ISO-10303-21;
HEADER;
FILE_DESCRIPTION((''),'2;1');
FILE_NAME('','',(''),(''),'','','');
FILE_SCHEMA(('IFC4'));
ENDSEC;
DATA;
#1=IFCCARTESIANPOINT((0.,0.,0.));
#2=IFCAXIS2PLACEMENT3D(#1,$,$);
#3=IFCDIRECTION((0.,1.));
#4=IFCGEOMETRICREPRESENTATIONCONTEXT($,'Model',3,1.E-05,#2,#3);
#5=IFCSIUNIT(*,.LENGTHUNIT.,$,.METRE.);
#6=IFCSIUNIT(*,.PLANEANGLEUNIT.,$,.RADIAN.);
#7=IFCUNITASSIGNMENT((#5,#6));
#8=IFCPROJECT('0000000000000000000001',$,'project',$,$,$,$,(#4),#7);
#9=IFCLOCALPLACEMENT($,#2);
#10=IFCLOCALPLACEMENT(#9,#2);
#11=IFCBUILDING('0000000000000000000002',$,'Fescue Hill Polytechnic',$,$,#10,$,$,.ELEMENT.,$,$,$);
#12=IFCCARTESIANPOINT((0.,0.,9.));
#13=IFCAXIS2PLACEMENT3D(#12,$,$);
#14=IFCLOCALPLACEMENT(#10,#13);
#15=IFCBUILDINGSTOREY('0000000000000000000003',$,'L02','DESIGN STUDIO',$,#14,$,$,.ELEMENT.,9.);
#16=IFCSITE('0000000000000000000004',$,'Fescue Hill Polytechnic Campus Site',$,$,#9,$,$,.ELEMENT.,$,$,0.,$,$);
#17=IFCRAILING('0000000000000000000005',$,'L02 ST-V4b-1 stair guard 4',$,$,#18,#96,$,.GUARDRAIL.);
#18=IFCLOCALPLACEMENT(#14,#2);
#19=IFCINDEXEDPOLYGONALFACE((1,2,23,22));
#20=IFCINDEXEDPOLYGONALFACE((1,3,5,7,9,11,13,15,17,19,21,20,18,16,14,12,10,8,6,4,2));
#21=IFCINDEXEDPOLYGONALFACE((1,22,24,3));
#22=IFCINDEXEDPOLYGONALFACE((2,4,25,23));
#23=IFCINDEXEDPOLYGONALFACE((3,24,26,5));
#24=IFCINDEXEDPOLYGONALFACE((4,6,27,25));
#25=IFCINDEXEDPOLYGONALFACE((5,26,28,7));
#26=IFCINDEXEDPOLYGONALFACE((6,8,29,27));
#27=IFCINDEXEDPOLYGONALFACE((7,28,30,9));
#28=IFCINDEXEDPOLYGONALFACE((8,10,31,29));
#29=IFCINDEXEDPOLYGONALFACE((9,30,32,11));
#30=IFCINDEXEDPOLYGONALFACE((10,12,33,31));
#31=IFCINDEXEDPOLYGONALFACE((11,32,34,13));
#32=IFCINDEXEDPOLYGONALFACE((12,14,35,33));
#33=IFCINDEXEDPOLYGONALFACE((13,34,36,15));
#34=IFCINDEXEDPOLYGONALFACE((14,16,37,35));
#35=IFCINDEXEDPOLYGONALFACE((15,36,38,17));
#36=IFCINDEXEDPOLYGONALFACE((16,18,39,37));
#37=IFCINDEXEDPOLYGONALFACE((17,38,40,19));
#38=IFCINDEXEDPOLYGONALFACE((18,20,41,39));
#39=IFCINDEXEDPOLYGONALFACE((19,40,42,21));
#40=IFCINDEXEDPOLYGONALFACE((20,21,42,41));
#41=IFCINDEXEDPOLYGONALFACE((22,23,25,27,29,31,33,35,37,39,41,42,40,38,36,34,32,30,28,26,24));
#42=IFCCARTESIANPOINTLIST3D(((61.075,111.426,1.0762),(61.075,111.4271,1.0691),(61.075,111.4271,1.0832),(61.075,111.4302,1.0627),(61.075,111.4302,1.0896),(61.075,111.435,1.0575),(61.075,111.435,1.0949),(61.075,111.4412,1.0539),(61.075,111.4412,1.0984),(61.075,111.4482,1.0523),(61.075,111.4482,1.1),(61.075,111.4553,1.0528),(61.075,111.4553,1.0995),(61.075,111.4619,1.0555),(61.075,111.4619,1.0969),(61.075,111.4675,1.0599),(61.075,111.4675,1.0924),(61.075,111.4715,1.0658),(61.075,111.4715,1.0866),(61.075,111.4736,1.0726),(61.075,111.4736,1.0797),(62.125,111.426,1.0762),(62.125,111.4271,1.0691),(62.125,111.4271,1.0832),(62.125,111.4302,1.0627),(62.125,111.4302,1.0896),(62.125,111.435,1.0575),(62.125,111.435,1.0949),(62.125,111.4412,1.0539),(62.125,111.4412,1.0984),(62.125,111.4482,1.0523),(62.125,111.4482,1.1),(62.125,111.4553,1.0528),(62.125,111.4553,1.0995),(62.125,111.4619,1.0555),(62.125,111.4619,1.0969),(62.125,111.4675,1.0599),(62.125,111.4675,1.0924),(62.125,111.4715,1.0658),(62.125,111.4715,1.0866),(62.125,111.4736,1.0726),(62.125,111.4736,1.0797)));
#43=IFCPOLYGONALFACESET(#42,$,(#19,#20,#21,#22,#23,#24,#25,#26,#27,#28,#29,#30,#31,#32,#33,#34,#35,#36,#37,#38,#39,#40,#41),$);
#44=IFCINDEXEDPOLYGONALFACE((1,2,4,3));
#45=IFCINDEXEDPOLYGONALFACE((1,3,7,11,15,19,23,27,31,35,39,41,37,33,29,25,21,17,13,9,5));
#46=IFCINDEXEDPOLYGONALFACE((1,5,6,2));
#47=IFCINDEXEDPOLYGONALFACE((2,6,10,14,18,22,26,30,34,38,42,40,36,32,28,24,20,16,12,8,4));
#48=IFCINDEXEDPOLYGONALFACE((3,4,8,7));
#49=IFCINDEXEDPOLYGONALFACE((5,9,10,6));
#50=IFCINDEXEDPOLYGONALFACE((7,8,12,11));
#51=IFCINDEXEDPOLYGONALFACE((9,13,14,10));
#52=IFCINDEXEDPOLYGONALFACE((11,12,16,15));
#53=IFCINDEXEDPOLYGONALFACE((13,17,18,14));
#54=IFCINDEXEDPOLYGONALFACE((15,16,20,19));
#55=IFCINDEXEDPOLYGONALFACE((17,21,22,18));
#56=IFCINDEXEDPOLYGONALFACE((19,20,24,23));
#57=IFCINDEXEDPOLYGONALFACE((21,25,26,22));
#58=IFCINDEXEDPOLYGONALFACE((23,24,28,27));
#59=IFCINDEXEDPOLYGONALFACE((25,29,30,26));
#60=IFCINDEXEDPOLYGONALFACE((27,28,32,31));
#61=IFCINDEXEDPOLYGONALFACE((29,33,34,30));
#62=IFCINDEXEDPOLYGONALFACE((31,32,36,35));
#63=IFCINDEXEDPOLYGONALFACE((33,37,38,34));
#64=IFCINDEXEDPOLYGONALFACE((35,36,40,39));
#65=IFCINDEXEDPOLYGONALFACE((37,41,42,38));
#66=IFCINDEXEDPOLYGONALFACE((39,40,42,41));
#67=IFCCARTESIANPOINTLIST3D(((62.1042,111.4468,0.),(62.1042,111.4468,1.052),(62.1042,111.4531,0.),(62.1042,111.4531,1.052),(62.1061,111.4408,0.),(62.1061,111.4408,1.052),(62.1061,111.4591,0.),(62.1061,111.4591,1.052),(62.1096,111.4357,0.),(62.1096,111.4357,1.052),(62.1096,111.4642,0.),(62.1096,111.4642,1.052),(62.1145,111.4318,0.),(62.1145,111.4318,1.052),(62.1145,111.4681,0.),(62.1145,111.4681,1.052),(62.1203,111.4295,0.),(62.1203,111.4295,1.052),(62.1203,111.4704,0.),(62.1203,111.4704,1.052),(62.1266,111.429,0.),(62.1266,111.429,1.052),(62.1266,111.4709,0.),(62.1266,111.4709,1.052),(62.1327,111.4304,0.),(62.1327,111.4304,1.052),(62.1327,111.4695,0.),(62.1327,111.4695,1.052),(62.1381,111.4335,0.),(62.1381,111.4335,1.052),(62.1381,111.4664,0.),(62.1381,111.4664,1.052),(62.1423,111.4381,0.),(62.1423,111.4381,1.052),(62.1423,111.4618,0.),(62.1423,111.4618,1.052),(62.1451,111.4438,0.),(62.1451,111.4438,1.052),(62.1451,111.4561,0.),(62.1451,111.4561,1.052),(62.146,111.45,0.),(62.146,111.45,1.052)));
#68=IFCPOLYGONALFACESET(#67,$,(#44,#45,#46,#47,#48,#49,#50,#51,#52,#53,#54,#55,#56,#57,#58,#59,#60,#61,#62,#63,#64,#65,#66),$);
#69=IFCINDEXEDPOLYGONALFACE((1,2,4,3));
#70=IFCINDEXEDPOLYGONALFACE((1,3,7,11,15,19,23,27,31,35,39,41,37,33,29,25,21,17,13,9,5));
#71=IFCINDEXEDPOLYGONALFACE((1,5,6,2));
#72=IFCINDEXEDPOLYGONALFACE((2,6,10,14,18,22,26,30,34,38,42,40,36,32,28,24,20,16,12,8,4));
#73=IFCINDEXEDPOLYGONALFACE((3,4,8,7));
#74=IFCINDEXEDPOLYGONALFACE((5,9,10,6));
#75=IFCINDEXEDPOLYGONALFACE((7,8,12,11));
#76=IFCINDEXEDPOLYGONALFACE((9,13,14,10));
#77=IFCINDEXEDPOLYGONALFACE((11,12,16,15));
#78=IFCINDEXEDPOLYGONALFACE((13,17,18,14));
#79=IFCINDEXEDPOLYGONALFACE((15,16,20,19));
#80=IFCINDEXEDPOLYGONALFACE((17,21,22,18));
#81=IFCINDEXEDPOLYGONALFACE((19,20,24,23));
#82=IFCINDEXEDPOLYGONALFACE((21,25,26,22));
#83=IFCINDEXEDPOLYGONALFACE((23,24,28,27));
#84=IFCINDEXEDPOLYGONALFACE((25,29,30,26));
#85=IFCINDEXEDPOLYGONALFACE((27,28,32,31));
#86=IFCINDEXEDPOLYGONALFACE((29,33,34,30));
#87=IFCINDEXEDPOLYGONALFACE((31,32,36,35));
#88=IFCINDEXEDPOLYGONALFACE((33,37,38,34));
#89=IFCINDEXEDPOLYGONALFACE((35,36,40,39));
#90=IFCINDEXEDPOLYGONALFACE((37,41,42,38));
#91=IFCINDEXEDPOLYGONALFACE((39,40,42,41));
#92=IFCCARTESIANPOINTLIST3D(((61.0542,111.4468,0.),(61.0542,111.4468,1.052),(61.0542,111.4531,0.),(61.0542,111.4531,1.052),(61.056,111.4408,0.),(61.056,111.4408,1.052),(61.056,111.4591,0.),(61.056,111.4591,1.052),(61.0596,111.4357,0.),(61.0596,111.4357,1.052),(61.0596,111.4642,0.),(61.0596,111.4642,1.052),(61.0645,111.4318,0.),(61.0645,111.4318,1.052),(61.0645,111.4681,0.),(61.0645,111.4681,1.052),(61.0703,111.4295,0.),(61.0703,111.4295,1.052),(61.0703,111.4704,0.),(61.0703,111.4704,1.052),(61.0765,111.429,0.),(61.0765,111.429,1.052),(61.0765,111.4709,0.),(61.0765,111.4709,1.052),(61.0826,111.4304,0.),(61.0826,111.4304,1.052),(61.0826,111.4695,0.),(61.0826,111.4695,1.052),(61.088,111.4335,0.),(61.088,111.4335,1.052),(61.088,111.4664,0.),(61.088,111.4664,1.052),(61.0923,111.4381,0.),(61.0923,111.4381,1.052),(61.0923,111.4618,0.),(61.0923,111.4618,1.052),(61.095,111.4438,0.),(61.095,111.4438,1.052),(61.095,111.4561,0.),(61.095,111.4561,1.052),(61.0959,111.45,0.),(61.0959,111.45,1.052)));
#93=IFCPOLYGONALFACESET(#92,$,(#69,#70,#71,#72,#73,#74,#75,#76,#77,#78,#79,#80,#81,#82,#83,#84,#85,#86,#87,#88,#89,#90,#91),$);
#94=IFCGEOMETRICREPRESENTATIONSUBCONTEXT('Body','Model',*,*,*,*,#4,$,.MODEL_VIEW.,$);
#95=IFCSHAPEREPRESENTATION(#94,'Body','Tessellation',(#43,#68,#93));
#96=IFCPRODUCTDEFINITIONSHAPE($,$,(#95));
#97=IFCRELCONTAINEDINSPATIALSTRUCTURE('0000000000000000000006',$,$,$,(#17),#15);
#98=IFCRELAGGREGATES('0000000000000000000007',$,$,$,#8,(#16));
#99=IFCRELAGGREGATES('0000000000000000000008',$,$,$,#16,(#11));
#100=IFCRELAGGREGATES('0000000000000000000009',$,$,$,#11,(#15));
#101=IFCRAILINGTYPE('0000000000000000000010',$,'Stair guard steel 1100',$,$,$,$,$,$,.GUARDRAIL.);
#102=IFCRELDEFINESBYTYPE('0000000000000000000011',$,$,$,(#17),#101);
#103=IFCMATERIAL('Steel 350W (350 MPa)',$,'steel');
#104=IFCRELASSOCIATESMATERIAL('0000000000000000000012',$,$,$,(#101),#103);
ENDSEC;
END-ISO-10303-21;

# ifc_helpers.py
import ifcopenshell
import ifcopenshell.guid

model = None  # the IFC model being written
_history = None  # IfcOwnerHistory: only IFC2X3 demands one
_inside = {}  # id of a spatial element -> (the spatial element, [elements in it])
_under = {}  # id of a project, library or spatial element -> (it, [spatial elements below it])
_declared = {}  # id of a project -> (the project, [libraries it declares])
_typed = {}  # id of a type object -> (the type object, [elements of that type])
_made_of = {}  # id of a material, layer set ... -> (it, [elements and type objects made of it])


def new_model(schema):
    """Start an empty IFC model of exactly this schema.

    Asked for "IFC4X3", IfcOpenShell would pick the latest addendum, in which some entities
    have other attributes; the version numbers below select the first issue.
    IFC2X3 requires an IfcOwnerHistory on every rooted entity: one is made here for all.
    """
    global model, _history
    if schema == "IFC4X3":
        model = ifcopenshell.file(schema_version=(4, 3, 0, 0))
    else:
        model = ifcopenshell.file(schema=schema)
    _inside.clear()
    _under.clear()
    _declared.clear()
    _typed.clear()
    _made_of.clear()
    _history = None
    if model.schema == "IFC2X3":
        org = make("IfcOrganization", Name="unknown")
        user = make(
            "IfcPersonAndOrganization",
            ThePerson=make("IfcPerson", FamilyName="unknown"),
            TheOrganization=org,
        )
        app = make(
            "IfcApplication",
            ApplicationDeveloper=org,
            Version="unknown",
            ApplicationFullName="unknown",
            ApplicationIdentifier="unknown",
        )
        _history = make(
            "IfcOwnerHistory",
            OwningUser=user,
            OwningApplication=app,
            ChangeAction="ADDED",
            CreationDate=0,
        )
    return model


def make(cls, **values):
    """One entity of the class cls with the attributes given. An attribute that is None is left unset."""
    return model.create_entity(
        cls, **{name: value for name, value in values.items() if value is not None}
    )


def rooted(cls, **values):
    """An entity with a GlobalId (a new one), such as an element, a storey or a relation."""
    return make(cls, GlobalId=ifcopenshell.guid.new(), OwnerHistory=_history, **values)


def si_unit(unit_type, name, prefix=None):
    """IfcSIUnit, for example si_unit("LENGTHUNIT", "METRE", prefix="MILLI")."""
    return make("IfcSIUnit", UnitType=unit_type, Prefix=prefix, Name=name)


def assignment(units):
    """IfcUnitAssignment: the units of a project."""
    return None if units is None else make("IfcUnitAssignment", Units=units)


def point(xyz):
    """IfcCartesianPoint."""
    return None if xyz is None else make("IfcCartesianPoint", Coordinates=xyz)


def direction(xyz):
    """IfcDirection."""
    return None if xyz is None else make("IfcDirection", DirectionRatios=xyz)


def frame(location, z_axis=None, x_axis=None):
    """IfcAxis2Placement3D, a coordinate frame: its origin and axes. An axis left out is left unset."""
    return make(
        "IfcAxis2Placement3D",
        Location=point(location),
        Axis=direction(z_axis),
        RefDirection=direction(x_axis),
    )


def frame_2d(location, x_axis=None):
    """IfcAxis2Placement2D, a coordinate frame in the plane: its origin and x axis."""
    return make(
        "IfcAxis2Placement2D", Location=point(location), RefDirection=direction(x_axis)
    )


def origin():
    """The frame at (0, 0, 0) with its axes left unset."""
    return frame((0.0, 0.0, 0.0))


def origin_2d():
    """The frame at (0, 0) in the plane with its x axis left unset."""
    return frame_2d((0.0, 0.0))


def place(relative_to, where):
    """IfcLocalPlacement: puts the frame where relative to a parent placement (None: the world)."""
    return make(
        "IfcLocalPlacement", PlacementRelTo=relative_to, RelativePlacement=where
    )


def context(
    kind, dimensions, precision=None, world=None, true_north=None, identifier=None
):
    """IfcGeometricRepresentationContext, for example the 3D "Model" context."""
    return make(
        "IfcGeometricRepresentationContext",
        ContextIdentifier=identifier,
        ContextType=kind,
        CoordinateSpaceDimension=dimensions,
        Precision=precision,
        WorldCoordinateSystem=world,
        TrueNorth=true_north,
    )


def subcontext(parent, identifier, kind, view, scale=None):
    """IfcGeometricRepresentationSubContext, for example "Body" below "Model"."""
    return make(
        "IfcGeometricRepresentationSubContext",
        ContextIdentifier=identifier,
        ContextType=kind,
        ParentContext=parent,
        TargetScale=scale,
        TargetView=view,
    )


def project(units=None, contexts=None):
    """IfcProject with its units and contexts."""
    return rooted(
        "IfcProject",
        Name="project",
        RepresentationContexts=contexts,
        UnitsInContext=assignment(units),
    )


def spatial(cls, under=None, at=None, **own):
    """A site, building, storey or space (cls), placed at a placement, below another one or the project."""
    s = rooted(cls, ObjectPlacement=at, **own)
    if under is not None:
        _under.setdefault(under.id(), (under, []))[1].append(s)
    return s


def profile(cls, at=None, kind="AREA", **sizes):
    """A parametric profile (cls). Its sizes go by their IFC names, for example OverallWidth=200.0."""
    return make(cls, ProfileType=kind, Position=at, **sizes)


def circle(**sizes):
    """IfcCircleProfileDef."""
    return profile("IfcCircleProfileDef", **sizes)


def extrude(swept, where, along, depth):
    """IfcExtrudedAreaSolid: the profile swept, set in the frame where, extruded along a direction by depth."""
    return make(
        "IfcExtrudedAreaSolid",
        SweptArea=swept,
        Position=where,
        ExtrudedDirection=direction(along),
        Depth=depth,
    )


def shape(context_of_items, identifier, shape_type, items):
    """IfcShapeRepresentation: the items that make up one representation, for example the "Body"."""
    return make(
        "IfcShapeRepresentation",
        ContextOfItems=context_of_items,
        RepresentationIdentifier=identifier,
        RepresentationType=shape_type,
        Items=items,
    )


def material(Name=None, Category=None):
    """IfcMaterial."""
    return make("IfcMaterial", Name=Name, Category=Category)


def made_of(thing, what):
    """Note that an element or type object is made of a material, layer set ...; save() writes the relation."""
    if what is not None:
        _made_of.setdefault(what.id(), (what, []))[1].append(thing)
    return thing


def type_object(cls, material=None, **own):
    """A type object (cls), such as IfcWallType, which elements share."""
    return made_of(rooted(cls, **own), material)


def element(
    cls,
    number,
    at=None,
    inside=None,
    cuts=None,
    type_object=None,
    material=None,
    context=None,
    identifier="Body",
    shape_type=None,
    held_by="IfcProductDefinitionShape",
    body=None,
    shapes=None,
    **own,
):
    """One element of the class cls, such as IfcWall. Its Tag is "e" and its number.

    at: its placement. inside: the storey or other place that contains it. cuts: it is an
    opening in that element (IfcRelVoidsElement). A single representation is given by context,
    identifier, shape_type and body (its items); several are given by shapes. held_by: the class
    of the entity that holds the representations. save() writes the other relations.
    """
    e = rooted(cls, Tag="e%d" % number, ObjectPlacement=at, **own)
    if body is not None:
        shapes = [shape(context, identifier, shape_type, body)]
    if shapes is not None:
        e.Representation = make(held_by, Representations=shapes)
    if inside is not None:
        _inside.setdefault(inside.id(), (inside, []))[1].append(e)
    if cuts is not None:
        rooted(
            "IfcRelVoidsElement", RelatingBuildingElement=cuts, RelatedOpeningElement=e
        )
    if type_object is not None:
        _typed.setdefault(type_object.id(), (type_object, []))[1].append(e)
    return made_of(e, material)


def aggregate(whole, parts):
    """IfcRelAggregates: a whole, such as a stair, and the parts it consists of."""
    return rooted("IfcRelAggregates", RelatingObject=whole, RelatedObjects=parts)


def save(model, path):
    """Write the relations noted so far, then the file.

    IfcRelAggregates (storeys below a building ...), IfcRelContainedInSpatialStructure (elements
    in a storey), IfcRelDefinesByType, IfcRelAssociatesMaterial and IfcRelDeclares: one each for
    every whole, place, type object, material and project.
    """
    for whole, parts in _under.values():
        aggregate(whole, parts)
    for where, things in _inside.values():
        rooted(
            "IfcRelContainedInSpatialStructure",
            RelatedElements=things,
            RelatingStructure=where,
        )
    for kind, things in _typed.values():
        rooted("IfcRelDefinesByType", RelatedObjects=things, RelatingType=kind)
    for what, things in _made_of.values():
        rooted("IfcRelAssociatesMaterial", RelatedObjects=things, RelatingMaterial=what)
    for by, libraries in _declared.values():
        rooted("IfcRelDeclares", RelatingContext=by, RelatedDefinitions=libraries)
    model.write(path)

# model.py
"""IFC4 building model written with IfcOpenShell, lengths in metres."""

from ifc_helpers import new_model, si_unit, direction, frame, origin, origin_2d, place, context, subcontext, project, spatial, circle, extrude, material, type_object, element, save


model = new_model("IFC4")

# Units and contexts
model_context = context("Model", 3, precision=1e-05, world=origin(), true_north=direction((0.0, 1.0)))
body_context = subcontext(model_context, "Body", "Model", "MODEL_VIEW")
ifc_project = project(units=[si_unit("LENGTHUNIT", "METRE"), si_unit("PLANEANGLEUNIT", "RADIAN")], contexts=[model_context])

# Site, building, storey
site_placement = place(None, origin())
site = spatial("IfcSite", under=ifc_project, at=site_placement, Name="Fescue Hill Polytechnic Campus Site", CompositionType="ELEMENT", RefElevation=0.0)
building_placement = place(site_placement, origin())
building = spatial("IfcBuilding", under=site, at=building_placement, Name="Fescue Hill Polytechnic", CompositionType="ELEMENT")
storey_placement = place(building_placement, frame((0.0, 0.0, 9.0)))
storey = spatial("IfcBuildingStorey", under=building, at=storey_placement, Name="L02", Description="DESIGN STUDIO", CompositionType="ELEMENT", Elevation=9.0)

# Railing
ifc_material_1 = material(Name="Steel 350W (350 MPa)", Category="steel")
railing_type_1 = type_object("IfcRailingType", Name="Stair guard steel 1100", PredefinedType="GUARDRAIL", material=ifc_material_1)
railing_1_placement = place(storey_placement, frame((62.125, 111.45, 0.0)))
element("IfcRailing", 1, at=railing_1_placement, inside=storey, type_object=railing_type_1, Name="L02 ST-V4b-1 stair guard 4", PredefinedType="GUARDRAIL", context=body_context, shape_type="SweptSolid", body=[
    extrude(circle(Radius=0.0239, at=origin_2d()), frame((0.0, 0.0, 1.0762), z_axis=(-1.0, 0.0, 0.0), x_axis=(0.0, -1.0, 0.0)), (0.0, 0.0, 1.0), 1.05),
    extrude(circle(Radius=0.021, at=origin_2d()), origin(), (0.0, 0.0, 1.0), 1.052),
    extrude(circle(Radius=0.021, at=origin_2d()), frame((-1.05, 0.0, 0.0)), (0.0, 0.0, 1.0), 1.052),
])

save(model, "model.ifc")
